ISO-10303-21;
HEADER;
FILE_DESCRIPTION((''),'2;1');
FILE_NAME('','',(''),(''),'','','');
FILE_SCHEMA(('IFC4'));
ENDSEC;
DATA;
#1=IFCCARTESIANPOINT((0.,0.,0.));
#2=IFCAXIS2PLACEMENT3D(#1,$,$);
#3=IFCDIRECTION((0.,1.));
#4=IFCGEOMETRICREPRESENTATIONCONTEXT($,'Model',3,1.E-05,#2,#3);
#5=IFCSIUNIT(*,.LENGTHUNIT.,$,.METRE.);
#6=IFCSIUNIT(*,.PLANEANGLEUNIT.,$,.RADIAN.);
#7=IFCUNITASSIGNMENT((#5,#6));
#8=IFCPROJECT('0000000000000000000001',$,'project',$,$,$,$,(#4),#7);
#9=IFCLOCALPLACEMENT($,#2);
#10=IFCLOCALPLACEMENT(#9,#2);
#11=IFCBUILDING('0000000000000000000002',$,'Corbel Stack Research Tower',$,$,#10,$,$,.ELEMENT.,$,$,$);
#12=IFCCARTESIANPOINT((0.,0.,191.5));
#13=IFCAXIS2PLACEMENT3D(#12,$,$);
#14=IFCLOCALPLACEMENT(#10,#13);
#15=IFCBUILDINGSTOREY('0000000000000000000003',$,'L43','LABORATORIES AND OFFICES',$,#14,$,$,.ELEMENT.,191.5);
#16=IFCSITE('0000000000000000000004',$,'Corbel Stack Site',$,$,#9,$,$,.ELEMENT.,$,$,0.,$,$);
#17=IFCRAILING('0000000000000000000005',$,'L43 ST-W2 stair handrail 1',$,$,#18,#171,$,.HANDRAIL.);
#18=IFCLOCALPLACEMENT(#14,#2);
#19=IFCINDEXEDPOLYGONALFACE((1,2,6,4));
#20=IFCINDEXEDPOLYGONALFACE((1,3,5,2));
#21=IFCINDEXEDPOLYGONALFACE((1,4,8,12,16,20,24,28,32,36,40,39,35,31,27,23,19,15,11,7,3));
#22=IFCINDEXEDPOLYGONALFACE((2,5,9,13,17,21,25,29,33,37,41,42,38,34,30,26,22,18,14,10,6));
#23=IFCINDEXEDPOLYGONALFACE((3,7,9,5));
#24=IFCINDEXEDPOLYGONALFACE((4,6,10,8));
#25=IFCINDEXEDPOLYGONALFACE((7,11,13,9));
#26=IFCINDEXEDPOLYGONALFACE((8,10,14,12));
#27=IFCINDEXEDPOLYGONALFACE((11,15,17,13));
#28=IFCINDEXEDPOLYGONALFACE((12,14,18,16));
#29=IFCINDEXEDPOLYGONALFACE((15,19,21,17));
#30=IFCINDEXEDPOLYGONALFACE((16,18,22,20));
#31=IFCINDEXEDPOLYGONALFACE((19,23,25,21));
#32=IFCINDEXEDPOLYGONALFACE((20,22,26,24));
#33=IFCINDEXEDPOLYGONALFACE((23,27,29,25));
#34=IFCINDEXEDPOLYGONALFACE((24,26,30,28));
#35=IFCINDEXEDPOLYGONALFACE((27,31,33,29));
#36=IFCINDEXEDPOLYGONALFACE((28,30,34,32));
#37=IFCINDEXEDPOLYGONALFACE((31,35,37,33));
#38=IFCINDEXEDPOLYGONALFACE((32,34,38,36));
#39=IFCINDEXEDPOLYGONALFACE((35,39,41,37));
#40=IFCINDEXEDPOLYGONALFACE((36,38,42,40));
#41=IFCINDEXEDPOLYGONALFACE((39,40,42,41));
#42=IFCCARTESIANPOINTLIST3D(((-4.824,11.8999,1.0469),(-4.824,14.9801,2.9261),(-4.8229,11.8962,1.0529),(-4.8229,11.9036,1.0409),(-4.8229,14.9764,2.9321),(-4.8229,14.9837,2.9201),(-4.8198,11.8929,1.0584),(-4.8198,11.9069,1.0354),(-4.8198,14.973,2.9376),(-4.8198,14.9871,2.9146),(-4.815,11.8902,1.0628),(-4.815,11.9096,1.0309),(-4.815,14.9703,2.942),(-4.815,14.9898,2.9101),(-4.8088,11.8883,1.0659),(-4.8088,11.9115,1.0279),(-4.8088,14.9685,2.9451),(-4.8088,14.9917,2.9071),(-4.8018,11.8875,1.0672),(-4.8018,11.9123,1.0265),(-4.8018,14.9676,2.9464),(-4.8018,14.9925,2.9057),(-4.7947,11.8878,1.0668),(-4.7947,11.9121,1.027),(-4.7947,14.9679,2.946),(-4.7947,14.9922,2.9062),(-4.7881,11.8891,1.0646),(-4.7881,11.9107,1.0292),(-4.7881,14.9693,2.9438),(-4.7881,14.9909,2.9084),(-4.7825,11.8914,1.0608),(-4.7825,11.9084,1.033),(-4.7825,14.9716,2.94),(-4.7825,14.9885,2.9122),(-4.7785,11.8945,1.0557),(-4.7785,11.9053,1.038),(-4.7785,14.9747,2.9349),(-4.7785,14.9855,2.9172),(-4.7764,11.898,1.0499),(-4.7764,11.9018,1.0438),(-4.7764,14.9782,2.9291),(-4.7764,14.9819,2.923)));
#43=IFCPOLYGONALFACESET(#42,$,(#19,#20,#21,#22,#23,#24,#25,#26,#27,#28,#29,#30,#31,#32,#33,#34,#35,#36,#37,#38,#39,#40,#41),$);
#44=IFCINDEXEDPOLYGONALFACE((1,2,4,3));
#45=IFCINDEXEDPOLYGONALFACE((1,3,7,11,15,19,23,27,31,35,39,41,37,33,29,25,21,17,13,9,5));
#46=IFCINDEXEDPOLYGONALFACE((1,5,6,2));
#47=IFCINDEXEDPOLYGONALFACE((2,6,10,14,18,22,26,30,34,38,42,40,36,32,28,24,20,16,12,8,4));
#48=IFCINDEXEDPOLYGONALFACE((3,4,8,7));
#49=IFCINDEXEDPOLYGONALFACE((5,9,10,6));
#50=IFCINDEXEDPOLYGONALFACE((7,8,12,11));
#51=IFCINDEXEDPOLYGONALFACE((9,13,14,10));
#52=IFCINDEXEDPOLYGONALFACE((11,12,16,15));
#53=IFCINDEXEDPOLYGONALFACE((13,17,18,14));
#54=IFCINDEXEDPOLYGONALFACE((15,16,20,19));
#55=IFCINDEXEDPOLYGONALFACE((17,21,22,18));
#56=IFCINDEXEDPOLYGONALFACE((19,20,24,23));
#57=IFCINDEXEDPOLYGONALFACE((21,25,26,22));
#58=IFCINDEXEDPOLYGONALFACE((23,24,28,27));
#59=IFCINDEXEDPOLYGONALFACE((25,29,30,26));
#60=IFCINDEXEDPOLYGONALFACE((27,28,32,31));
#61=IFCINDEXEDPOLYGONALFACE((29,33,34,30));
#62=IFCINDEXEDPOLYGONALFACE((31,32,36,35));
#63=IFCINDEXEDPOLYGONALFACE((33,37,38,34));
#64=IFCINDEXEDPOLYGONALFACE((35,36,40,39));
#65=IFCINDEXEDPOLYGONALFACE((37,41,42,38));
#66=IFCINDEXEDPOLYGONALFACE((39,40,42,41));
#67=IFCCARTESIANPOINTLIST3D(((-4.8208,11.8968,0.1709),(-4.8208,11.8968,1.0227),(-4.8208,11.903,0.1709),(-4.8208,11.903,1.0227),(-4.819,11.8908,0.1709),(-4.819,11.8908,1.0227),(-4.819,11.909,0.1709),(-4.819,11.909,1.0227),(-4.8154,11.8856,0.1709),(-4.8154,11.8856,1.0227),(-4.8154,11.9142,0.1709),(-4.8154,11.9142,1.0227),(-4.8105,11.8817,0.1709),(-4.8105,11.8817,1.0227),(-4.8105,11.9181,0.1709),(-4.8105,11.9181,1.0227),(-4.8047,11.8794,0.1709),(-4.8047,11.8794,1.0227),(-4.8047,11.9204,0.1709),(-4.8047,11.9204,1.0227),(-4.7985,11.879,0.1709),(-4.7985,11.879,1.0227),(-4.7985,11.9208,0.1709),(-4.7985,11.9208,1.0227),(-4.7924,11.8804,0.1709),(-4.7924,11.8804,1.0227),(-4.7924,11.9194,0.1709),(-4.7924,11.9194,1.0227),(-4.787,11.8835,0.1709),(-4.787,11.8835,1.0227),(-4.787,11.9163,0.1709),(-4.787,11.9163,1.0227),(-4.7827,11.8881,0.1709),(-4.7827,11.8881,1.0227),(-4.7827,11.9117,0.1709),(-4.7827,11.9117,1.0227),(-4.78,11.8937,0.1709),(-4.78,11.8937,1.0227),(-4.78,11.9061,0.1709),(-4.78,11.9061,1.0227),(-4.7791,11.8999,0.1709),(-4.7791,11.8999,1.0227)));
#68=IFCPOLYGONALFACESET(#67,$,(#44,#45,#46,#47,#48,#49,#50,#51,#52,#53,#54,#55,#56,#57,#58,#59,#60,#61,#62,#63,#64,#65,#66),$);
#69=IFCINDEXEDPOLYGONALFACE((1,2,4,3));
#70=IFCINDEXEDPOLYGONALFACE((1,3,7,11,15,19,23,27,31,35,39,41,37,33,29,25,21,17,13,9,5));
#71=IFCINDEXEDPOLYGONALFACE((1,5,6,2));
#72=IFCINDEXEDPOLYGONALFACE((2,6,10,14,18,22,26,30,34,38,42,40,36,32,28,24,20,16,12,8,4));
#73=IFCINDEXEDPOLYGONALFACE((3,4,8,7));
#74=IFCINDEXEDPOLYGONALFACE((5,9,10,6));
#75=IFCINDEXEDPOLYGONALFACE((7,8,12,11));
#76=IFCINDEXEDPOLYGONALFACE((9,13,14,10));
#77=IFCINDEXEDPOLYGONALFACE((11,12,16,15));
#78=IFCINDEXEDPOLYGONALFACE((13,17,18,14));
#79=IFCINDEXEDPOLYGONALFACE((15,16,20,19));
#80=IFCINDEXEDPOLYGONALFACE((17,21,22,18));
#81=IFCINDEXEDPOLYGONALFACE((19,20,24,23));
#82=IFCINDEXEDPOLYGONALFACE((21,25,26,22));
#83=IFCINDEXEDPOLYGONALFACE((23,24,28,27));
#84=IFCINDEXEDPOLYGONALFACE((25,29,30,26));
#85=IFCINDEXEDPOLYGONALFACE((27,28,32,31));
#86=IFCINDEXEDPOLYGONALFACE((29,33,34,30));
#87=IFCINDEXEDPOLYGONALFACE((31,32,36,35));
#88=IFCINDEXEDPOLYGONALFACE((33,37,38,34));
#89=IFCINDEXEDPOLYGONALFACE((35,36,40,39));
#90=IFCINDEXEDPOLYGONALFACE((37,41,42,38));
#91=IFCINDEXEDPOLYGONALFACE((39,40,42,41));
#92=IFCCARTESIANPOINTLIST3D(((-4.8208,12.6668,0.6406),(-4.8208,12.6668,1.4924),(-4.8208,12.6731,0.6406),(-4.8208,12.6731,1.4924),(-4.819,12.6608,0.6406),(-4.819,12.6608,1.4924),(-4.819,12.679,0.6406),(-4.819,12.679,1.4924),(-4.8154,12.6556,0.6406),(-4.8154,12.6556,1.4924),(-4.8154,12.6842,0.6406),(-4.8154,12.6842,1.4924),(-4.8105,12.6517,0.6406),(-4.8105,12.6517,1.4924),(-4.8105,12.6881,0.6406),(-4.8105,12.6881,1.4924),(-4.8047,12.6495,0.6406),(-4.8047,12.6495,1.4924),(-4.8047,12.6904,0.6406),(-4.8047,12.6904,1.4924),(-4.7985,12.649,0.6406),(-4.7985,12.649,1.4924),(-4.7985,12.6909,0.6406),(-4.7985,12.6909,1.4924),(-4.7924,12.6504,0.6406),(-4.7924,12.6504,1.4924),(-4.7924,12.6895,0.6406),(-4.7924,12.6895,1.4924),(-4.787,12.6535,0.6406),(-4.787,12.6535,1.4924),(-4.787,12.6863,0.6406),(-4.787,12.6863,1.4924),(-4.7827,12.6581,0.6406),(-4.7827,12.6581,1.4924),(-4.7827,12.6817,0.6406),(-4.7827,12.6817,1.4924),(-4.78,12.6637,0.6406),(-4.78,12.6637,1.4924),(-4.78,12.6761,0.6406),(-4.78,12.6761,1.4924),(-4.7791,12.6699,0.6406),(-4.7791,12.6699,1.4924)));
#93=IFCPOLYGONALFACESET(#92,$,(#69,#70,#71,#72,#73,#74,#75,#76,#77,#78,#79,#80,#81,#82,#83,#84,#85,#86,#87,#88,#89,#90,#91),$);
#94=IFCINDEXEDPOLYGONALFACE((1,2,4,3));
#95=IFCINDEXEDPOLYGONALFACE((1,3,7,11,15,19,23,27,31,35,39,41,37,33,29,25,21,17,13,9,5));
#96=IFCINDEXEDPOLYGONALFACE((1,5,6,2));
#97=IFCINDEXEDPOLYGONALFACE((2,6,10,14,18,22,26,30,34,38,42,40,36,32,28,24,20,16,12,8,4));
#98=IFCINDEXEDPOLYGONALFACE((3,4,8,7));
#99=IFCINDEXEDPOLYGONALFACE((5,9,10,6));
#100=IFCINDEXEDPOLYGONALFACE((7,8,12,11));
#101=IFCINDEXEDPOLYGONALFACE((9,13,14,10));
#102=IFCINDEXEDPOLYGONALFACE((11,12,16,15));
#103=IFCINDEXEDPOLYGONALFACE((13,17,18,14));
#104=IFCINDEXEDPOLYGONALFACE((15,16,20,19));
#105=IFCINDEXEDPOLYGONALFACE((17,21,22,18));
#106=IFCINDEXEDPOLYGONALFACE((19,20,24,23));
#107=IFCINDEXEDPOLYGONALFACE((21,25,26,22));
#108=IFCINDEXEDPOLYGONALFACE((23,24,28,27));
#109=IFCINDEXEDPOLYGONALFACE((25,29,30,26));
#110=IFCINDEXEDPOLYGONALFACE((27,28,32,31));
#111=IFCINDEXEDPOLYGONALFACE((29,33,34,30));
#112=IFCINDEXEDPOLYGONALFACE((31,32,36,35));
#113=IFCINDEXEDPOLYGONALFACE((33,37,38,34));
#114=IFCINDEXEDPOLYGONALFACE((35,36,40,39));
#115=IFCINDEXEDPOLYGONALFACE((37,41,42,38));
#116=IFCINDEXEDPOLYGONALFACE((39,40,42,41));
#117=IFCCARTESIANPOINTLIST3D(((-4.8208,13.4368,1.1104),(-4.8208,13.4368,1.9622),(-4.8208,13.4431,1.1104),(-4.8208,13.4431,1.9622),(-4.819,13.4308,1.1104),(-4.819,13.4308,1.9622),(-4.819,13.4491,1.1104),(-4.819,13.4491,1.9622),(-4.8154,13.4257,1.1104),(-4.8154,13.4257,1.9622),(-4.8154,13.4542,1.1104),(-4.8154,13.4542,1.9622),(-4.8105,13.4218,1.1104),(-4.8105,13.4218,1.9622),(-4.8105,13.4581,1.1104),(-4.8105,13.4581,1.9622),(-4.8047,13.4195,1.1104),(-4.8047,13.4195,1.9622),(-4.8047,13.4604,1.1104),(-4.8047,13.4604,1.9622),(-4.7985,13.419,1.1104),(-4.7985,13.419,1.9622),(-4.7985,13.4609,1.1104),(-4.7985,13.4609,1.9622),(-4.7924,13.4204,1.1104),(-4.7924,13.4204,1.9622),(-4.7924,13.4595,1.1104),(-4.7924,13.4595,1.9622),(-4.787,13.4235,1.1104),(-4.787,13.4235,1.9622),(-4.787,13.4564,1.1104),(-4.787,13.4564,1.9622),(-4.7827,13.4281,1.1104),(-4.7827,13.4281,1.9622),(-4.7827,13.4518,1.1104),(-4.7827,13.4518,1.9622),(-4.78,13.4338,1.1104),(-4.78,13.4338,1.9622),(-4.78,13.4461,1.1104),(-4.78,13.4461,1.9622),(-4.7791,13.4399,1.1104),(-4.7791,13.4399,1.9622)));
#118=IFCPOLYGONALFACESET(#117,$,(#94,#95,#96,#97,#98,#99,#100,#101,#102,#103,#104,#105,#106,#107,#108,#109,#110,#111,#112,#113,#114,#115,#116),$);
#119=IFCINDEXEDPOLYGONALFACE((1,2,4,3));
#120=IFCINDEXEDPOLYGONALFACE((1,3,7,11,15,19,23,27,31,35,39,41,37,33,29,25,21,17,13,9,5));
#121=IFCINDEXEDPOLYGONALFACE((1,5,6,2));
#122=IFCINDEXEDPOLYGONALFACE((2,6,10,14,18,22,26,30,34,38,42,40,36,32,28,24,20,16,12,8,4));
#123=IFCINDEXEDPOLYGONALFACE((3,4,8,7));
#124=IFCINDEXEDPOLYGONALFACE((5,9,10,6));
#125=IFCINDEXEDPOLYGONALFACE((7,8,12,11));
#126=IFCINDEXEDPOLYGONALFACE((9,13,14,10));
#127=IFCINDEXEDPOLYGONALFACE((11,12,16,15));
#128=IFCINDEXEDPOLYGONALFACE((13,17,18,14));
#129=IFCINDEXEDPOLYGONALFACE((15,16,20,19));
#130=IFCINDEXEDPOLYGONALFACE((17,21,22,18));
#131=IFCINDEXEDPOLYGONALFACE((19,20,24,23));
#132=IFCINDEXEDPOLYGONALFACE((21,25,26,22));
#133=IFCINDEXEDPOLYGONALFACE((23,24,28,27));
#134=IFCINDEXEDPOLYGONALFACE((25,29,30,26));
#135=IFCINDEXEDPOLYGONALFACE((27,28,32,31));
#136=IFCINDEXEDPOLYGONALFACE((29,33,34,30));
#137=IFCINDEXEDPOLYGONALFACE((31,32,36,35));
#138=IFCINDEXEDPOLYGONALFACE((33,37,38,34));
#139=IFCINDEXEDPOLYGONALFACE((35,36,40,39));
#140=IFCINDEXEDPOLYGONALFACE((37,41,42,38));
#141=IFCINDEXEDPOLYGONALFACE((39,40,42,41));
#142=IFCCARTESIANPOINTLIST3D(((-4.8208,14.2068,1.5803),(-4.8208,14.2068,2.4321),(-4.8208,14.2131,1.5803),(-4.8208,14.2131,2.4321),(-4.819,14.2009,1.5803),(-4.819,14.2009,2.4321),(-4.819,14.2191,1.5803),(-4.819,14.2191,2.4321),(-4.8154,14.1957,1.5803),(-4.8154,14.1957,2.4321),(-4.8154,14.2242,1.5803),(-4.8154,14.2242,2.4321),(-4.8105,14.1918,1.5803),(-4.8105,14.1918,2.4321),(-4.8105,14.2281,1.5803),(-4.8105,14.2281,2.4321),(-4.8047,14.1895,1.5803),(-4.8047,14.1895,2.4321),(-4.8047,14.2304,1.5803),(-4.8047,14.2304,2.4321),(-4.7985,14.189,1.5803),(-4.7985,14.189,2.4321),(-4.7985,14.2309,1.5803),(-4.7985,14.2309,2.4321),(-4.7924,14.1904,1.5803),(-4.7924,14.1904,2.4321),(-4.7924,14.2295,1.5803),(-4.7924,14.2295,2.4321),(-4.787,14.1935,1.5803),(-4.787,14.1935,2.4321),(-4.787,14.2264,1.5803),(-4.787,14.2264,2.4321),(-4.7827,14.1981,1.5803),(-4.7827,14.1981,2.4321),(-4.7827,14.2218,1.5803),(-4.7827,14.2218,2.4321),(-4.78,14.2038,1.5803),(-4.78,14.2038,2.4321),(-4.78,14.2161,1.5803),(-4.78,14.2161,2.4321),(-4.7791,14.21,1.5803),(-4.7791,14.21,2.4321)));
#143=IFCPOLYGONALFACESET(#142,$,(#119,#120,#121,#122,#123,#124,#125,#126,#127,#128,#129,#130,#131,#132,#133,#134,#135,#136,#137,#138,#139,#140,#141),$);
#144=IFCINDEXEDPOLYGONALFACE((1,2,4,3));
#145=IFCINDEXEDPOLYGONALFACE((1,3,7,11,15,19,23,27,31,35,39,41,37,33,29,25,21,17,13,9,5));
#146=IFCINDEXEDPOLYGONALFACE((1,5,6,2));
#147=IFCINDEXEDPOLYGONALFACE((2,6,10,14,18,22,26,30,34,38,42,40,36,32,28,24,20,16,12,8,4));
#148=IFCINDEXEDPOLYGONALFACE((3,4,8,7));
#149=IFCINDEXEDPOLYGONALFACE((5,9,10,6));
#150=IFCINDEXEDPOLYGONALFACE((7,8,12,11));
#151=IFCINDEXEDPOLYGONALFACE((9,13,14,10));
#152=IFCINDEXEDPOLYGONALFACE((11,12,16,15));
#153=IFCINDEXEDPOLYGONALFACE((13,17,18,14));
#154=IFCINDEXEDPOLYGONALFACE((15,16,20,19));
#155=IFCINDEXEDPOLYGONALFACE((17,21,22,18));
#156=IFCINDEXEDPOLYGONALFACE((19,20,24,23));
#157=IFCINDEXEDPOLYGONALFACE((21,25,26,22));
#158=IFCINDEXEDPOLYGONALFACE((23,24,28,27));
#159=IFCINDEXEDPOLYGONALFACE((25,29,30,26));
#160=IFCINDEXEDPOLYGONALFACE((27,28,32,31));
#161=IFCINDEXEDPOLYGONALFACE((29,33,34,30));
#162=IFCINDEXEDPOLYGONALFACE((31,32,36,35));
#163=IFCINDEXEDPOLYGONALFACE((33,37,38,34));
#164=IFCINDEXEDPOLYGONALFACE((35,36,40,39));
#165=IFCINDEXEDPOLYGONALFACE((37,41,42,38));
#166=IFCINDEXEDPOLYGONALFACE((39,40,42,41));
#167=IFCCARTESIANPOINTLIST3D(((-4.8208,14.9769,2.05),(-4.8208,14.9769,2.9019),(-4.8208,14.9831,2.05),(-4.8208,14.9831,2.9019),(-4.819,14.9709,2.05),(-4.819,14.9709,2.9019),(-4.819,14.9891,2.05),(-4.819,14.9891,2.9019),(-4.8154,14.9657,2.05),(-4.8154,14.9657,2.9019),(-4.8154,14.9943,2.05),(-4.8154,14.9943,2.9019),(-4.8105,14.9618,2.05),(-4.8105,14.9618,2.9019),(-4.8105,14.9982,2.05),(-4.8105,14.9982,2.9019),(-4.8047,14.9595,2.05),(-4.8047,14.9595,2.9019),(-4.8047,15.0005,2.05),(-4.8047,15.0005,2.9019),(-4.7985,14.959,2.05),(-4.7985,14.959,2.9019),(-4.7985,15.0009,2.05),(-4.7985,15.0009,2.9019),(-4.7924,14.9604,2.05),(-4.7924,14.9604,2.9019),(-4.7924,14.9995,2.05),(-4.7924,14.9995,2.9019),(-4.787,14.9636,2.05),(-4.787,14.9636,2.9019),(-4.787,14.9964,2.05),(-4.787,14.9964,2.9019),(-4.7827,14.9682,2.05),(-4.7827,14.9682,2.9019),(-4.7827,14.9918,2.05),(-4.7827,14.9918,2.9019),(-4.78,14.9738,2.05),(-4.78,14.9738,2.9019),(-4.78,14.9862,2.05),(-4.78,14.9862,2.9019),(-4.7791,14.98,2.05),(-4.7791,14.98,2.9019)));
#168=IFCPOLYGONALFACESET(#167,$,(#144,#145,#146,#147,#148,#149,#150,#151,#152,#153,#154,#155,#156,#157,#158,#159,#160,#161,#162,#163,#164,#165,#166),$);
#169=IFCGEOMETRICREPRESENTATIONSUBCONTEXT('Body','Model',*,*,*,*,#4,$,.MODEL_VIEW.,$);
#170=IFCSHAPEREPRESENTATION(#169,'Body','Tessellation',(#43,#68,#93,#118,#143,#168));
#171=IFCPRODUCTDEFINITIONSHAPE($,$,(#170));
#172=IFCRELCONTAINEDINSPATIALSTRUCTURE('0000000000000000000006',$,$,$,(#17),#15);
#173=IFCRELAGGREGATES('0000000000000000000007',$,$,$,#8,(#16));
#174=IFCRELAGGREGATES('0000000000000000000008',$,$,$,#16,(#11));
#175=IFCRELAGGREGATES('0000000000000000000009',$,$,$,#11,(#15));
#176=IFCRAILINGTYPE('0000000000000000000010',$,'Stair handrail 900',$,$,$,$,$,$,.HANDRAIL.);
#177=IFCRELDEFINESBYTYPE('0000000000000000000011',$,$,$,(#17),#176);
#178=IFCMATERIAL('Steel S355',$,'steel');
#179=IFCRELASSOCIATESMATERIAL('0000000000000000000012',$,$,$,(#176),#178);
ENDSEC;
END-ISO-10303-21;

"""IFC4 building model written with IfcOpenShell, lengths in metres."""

from ifc_helpers import new_model, si_unit, direction, frame, origin, origin_2d, place, context, subcontext, project, spatial, circle, extrude, material, type_object, element, save


model = new_model("IFC4")

# Units and contexts
model_context = context("Model", 3, precision=1e-05, world=origin(), true_north=direction((0.0, 1.0)))
body_context = subcontext(model_context, "Body", "Model", "MODEL_VIEW")
ifc_project = project(units=[si_unit("LENGTHUNIT", "METRE"), si_unit("PLANEANGLEUNIT", "RADIAN")], contexts=[model_context])

# Site, building, storey
site_placement = place(None, origin())
site = spatial("IfcSite", under=ifc_project, at=site_placement, Name="Corbel Stack Site", CompositionType="ELEMENT", RefElevation=0.0)
building_placement = place(site_placement, origin())
building = spatial("IfcBuilding", under=site, at=building_placement, Name="Corbel Stack Research Tower", CompositionType="ELEMENT")
storey_placement = place(building_placement, frame((0.0, 0.0, 191.5)))
storey = spatial("IfcBuildingStorey", under=building, at=storey_placement, Name="L43", Description="LABORATORIES AND OFFICES", CompositionType="ELEMENT", Elevation=191.5)

# Railing
ifc_material_1 = material(Name="Steel S355", Category="steel")
railing_type = type_object("IfcRailingType", Name="Stair handrail 900", PredefinedType="HANDRAIL", material=ifc_material_1)
railing_placement = place(storey_placement, frame((-4.8, 11.8999, 0.1709)))
element("IfcRailing", 1, at=railing_placement, inside=storey, type_object=railing_type, Name="L43 ST-W2 stair handrail 1", PredefinedType="HANDRAIL", context=body_context, shape_type="SweptSolid", body=[
    extrude(circle(Radius=0.0239, at=origin_2d()), frame((0.0, 0.0, 0.876), z_axis=(0.0, 0.853666, 0.52082), x_axis=(-1.0, 0.0, 0.0)), (0.0, 0.0, 1.0), 3.6082),
    extrude(circle(Radius=0.021, at=origin_2d()), origin(), (0.0, 0.0, 1.0), 0.8518),
    extrude(circle(Radius=0.021, at=origin_2d()), frame((0.0, 0.77, 0.4697)), (0.0, 0.0, 1.0), 0.8518),
    extrude(circle(Radius=0.021, at=origin_2d()), frame((0.0, 1.54, 0.9395)), (0.0, 0.0, 1.0), 0.8518),
    extrude(circle(Radius=0.021, at=origin_2d()), frame((0.0, 2.3101, 1.4094)), (0.0, 0.0, 1.0), 0.8518),
    extrude(circle(Radius=0.021, at=origin_2d()), frame((0.0, 3.0801, 1.8792)), (0.0, 0.0, 1.0), 0.8518),
])

save(model, "model.ifc")
